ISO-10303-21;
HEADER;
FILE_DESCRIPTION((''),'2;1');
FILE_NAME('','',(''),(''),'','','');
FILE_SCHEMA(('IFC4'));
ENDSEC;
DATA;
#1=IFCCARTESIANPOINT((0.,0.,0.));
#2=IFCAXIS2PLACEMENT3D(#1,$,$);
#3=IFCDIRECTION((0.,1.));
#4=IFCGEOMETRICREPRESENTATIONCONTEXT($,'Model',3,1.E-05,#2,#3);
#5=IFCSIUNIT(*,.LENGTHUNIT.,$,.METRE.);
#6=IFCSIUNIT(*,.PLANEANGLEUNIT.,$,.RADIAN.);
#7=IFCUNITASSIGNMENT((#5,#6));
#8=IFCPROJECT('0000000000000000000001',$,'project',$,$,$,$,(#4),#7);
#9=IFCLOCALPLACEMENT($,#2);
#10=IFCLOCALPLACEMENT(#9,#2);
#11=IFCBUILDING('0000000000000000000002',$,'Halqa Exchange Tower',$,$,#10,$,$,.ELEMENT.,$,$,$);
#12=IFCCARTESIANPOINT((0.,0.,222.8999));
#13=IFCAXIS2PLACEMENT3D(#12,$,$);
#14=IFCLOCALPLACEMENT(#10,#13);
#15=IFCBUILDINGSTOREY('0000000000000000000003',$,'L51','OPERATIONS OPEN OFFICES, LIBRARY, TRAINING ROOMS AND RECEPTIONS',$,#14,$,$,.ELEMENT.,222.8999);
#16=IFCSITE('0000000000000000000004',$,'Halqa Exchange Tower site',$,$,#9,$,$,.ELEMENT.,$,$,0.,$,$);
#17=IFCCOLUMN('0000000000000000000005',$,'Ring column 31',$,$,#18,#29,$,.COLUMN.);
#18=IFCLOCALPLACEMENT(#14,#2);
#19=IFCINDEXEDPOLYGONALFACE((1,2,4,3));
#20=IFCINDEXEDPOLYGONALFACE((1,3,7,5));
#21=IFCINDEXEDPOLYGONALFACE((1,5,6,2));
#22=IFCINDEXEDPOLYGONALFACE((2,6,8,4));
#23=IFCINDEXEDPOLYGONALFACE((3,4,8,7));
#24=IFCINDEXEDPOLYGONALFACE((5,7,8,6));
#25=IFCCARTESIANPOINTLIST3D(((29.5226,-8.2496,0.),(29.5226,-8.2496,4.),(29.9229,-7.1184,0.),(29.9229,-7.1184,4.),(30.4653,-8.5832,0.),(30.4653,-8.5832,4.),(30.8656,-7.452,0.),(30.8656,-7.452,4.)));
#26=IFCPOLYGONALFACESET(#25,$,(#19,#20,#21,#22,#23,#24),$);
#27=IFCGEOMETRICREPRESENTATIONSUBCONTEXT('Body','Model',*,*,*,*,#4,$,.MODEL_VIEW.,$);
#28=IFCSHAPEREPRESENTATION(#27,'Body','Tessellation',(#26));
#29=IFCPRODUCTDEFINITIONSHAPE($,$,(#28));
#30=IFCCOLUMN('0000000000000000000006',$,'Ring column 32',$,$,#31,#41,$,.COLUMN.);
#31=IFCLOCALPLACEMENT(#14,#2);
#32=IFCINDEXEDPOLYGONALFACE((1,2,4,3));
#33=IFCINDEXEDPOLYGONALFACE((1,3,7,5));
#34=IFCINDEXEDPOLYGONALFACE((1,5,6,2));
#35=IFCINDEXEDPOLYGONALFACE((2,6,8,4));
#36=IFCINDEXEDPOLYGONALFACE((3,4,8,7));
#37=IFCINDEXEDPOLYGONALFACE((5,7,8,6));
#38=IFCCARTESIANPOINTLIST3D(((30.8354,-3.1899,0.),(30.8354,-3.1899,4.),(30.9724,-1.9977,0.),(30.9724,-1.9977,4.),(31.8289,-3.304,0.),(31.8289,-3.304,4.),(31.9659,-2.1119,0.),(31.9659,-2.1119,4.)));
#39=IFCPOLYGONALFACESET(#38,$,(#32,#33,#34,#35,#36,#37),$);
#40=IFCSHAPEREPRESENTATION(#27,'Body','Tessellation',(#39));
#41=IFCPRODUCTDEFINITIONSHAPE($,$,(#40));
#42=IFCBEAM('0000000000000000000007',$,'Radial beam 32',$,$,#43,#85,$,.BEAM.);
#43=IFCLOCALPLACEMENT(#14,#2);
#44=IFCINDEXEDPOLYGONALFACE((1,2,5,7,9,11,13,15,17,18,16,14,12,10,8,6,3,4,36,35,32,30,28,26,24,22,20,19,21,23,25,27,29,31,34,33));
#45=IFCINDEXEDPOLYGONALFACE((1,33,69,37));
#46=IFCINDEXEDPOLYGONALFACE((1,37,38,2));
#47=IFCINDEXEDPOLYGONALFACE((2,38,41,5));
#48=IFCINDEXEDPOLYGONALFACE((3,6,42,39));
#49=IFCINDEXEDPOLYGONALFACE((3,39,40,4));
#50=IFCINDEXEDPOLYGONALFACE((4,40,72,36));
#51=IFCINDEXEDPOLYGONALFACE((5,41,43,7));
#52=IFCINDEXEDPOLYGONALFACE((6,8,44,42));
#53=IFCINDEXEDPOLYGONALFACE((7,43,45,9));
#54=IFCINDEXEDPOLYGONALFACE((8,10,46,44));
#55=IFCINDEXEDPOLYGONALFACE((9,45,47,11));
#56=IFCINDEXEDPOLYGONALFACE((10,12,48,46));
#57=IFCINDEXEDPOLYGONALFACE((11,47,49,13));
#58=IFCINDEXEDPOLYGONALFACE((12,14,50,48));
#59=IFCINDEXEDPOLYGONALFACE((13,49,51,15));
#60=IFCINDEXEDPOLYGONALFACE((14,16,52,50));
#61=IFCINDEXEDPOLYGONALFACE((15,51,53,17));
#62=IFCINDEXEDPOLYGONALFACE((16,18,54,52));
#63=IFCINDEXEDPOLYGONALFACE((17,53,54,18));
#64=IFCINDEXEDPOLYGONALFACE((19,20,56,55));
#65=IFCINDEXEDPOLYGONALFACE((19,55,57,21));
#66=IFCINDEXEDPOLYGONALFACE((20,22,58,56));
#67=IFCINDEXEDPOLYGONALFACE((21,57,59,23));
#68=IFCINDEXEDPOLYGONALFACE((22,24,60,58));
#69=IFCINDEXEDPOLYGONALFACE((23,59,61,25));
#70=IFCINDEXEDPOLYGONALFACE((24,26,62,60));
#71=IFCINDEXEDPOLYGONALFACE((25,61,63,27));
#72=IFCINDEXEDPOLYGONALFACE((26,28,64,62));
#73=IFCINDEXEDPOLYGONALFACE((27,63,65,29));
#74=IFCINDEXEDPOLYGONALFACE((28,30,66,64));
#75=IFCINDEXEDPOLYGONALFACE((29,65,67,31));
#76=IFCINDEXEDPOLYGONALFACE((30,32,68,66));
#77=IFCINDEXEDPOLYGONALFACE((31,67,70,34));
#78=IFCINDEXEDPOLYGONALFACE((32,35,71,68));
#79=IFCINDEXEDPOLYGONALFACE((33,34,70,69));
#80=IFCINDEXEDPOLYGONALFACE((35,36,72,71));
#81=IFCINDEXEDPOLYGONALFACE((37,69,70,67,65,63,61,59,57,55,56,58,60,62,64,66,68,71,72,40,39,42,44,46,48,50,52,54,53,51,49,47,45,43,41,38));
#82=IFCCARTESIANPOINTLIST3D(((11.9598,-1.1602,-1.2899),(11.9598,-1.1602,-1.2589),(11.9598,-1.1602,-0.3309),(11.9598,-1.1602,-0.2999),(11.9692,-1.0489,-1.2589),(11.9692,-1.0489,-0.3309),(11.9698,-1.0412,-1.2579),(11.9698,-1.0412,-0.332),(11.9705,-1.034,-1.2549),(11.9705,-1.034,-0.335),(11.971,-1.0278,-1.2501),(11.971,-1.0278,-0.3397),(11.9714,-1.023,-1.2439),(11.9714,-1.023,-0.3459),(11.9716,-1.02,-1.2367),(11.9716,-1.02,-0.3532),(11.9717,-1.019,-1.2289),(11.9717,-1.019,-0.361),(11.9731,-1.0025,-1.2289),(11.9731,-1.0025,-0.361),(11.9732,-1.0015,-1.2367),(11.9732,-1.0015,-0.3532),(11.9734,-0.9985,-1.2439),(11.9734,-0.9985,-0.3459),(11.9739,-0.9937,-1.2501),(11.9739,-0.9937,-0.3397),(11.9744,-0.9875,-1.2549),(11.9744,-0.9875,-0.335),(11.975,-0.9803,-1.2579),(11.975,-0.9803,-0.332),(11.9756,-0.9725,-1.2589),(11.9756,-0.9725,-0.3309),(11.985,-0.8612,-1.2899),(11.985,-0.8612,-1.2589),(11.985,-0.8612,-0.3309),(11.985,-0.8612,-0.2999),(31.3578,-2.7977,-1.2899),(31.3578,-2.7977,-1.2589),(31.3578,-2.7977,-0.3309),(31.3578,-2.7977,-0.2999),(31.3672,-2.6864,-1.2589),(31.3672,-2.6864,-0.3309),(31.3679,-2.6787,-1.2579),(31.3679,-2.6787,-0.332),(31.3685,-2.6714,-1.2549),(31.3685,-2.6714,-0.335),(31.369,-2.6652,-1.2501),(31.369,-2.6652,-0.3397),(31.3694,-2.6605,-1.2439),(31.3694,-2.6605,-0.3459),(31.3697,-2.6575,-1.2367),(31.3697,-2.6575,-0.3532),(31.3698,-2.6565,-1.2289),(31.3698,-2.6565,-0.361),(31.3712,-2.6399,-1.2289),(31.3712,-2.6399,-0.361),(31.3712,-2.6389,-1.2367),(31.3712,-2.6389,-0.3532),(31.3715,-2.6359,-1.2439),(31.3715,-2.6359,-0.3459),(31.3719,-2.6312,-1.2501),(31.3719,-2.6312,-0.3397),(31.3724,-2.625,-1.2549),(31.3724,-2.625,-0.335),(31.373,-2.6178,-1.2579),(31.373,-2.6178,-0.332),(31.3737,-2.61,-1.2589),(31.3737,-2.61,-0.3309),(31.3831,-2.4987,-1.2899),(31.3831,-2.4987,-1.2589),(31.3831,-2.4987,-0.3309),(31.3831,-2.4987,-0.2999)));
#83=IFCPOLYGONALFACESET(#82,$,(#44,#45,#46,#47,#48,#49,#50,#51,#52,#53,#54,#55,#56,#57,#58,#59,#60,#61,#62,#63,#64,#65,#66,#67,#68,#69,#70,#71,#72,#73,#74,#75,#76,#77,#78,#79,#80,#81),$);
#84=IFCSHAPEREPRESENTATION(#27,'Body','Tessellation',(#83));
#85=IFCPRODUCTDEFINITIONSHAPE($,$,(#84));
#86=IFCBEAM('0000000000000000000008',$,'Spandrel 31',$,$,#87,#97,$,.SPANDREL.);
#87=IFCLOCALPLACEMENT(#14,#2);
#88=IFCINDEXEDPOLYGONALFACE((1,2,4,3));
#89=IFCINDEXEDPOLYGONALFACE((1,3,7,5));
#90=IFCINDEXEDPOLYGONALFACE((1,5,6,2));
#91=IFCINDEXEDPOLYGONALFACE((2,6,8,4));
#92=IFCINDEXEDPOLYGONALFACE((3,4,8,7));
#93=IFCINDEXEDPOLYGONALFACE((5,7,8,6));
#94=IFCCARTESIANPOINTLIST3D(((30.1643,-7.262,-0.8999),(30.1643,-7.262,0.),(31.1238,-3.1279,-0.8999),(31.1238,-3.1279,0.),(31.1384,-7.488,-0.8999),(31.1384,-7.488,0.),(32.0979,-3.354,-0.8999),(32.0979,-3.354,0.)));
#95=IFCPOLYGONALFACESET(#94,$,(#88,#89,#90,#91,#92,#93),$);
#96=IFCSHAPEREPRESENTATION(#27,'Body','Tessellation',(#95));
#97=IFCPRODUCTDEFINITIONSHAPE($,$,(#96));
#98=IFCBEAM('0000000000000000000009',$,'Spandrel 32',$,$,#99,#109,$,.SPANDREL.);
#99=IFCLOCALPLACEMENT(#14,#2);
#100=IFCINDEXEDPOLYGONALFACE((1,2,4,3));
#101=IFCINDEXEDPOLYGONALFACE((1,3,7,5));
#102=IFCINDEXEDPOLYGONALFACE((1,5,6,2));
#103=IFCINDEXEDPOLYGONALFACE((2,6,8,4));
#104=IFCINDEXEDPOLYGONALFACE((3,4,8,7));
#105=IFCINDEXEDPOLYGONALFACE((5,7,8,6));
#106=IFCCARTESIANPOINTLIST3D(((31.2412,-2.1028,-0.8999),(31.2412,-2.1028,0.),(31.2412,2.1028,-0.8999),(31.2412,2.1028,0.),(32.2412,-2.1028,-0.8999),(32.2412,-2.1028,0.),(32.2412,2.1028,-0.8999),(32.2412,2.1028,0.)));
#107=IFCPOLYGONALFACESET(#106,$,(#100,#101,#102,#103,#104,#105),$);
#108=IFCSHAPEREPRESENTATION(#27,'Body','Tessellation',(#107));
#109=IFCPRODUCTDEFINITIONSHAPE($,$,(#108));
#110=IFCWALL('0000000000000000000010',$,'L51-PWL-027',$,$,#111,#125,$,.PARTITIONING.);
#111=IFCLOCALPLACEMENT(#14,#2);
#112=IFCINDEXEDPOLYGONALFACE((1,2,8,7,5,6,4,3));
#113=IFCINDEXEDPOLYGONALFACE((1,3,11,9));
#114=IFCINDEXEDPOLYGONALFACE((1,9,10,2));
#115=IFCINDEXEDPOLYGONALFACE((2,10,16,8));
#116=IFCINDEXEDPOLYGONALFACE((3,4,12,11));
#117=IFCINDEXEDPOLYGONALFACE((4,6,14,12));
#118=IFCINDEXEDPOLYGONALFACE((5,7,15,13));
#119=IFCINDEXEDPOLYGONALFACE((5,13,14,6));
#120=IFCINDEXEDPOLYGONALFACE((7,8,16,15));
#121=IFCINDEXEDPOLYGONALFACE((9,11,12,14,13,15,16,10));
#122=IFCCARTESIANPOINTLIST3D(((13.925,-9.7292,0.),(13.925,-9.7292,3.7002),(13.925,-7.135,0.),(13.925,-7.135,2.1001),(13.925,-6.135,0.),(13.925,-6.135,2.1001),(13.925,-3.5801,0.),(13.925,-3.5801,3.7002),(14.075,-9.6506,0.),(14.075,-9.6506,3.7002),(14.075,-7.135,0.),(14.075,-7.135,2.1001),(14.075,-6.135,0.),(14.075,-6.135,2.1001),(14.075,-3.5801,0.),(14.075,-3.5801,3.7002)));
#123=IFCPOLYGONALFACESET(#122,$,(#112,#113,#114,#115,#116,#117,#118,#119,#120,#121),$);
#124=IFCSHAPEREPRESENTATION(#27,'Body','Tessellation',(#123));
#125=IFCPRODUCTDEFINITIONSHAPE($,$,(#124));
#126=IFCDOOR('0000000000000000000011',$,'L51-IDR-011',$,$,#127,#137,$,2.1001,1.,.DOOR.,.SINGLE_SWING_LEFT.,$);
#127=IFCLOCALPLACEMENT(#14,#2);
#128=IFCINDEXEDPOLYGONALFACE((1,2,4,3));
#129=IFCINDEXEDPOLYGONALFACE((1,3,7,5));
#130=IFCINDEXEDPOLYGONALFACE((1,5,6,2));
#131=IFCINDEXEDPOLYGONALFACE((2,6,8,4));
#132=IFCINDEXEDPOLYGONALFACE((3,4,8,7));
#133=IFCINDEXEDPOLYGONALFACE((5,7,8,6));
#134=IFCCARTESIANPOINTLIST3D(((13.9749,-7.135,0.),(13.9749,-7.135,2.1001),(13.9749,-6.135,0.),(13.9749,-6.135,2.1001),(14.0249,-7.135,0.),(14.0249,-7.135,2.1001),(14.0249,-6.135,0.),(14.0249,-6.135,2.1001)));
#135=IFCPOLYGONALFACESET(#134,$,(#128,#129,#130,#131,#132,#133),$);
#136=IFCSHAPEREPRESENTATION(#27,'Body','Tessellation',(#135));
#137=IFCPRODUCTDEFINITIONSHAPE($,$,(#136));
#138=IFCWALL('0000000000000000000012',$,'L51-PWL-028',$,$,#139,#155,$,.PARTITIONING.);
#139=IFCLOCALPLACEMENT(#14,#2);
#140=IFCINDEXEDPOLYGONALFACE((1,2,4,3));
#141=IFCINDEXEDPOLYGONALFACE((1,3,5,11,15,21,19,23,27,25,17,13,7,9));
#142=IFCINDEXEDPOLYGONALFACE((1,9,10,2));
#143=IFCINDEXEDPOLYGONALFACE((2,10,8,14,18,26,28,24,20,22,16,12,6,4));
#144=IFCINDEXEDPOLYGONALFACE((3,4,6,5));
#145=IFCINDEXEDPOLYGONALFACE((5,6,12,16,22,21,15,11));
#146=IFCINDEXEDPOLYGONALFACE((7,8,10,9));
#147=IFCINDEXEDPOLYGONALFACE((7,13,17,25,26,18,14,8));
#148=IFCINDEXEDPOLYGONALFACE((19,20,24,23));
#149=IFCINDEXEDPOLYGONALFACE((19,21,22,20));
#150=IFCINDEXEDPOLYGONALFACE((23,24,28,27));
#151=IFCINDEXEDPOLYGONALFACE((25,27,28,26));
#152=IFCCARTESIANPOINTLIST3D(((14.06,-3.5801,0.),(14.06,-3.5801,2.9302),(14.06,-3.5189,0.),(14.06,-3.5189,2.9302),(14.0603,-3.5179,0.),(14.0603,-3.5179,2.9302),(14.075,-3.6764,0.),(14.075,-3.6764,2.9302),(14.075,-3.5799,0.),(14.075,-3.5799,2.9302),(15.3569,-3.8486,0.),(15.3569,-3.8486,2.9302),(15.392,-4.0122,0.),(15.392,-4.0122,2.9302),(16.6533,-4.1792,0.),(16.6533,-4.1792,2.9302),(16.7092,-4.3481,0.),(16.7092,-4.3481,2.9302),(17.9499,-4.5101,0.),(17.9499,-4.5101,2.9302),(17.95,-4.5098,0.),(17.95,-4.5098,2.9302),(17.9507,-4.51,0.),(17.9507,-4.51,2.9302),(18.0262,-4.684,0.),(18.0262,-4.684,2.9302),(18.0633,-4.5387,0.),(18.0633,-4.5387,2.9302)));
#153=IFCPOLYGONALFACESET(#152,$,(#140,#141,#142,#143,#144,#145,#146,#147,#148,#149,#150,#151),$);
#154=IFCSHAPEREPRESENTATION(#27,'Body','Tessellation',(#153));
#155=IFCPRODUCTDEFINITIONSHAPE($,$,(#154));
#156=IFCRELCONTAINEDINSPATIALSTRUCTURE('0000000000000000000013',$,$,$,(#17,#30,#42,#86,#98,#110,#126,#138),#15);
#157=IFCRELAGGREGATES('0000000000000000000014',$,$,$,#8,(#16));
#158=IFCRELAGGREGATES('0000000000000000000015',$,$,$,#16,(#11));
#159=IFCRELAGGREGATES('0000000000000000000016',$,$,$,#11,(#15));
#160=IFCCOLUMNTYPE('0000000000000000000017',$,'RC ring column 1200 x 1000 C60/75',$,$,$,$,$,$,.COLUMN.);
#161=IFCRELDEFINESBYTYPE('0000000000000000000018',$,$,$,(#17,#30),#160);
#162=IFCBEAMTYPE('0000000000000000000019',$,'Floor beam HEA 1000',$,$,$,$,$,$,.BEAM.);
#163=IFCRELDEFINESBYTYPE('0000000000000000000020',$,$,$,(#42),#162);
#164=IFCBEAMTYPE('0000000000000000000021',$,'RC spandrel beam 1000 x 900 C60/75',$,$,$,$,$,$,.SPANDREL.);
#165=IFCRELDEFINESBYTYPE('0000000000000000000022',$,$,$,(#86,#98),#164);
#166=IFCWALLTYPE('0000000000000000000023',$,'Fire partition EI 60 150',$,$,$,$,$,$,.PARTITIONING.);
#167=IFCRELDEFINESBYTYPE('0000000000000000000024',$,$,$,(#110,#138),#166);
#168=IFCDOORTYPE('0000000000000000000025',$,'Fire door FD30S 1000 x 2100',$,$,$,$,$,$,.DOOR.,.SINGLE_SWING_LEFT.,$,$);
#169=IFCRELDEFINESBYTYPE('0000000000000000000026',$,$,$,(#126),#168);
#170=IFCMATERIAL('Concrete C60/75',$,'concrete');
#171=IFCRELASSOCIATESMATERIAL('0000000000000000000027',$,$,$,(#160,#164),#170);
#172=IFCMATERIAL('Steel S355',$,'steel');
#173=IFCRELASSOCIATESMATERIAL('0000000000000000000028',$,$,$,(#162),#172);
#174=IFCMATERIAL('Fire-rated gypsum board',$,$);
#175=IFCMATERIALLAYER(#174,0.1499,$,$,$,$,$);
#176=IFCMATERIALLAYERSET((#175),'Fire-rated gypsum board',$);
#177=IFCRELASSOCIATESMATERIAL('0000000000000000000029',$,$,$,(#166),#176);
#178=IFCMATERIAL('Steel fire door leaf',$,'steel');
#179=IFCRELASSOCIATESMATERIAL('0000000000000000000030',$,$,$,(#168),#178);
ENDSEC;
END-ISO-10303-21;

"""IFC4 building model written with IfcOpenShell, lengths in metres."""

from ifc_helpers import new_model, si_unit, direction, frame, frame_2d, origin, origin_2d, place, context, subcontext, project, spatial, polyline, rectangle, i_section, outline, extrude, material, layer, layer_set, material_profile, profile_set, type_object, element, fill, save


model = new_model("IFC4")

# Units and contexts
model_context = context("Model", 3, precision=1e-05, world=origin(), true_north=direction((0.0, 1.0)))
body_context = subcontext(model_context, "Body", "Model", "MODEL_VIEW")
ifc_project = project(units=[si_unit("LENGTHUNIT", "METRE"), si_unit("PLANEANGLEUNIT", "RADIAN")], contexts=[model_context])

# Site, building, storey
site_placement = place(None, origin())
site = spatial("IfcSite", under=ifc_project, at=site_placement, Name="Halqa Exchange Tower site", CompositionType="ELEMENT", RefElevation=0.0)
building_placement = place(site_placement, origin())
building = spatial("IfcBuilding", under=site, at=building_placement, Name="Halqa Exchange Tower", CompositionType="ELEMENT")
storey_placement = place(building_placement, frame((0.0, 0.0, 222.8999)))
storey = spatial("IfcBuildingStorey", under=building, at=storey_placement, Name="L51", Description="OPERATIONS OPEN OFFICES, LIBRARY, TRAINING ROOMS AND RECEPTIONS", CompositionType="ELEMENT", Elevation=222.8999)

# Columns
ifc_material_1 = material(Name="Concrete C60/75", Category="concrete")
ifc_material_profile_1 = material_profile(ifc_material_1, rectangle(XDim=1.2, YDim=1.0, at=origin_2d()), Name="1200 x 1000")
ifc_profile_set_1 = profile_set([ifc_material_profile_1], Name="Concrete C60/75")
column_type = type_object("IfcColumnType", Name="RC ring column 1200 x 1000 C60/75", PredefinedType="COLUMN", material=ifc_profile_set_1)
for number, where, z_axis, x_axis, name in (
    (1, (30.1941, -7.8508, 0.0), (0.0, 0.0, 1.0), (0.333631, 0.942704, 0.0), "Ring column 31"),
    (2, (31.4006, -2.6509, 0.0), (0.0, 0.0, 1.0), (0.114153, 0.993463, 0.0), "Ring column 32"),
):
    element("IfcColumn", number, at=place(storey_placement, frame(where, z_axis=z_axis, x_axis=x_axis)), inside=storey, type_object=column_type, Name=name, PredefinedType="COLUMN", context=body_context, shape_type="SweptSolid", body=[
        extrude(rectangle(XDim=1.2, YDim=1.0, at=origin_2d()), origin(), (0.0, 0.0, 1.0), 4.0),
    ])

# Beams
ifc_material_2 = material(Name="Steel S355", Category="steel")
ifc_material_profile_2 = material_profile(ifc_material_2, i_section(OverallWidth=0.3, OverallDepth=0.99, WebThickness=0.0166, FlangeThickness=0.031, FilletRadius=0.03, at=origin_2d()), Name="HEA 1000")
ifc_profile_set_2 = profile_set([ifc_material_profile_2], Name="Steel S355")
beam_type_1 = type_object("IfcBeamType", Name="Floor beam HEA 1000", PredefinedType="BEAM", material=ifc_profile_set_2)
beam_1_placement = place(storey_placement, frame((11.9724, -1.0107, -0.7949), z_axis=(0.996456, -0.084114, 0.0), x_axis=(0.084114, 0.996456, 0.0)))
element("IfcBeam", 3, at=beam_1_placement, inside=storey, type_object=beam_type_1, Name="Radial beam 32", PredefinedType="BEAM", context=body_context, shape_type="SweptSolid", body=[
    extrude(i_section(OverallWidth=0.3, OverallDepth=0.99, WebThickness=0.0166, FlangeThickness=0.031, FilletRadius=0.03, at=origin_2d()), origin(), (0.0, 0.0, 1.0), 19.467),
])
ifc_material_profile_3 = material_profile(ifc_material_1, rectangle(XDim=1.0, YDim=0.8999, at=origin_2d()), Name="1000 x 900")
ifc_profile_set_3 = profile_set([ifc_material_profile_3], Name="Concrete C60/75")
beam_type_2 = type_object("IfcBeamType", Name="RC spandrel beam 1000 x 900 C60/75", PredefinedType="SPANDREL", material=ifc_profile_set_3)
beam_2_placement = place(storey_placement, frame((30.6514, -7.375, -0.45), z_axis=(0.226082, 0.974108, 0.0), x_axis=(-0.974108, 0.226082, 0.0)))
element("IfcBeam", 4, at=beam_2_placement, inside=storey, type_object=beam_type_2, Name="Spandrel 31", PredefinedType="SPANDREL", context=body_context, shape_type="SweptSolid", body=[
    extrude(rectangle(XDim=1.0, YDim=0.8999, at=origin_2d()), origin(), (0.0, 0.0, 1.0), 4.2439),
])
beam_3_placement = place(storey_placement, frame((31.7412, -2.1028, -0.45), z_axis=(0.0, 1.0, 0.0), x_axis=(-1.0, 0.0, 0.0)))
element("IfcBeam", 5, at=beam_3_placement, inside=storey, type_object=beam_type_2, Name="Spandrel 32", PredefinedType="SPANDREL", context=body_context, shape_type="SweptSolid", body=[
    extrude(rectangle(XDim=1.0, YDim=0.8999, at=origin_2d()), origin(), (0.0, 0.0, 1.0), 4.2056),
])

# Shared definitions
ifc_material_3 = material(Name="Fire-rated gypsum board")
ifc_layer_1 = layer(ifc_material_3, 0.1499)
ifc_layer_set_1 = layer_set([ifc_layer_1], Name="Fire-rated gypsum board")
wall_type_1 = type_object("IfcWallType", Name="Fire partition EI 60 150", PredefinedType="PARTITIONING", material=ifc_layer_set_1)

# Wall, opening, door
wall_1_placement = place(storey_placement, frame((14.0, -3.5801, 0.0), z_axis=(0.0, 0.0, 1.0), x_axis=(0.0, -1.0, 0.0)))
wall_1 = element("IfcWall", 6, at=wall_1_placement, inside=storey, type_object=wall_type_1, Name="L51-PWL-027", PredefinedType="PARTITIONING", context=body_context, shape_type="SweptSolid", body=[
    extrude(outline(polyline([(6.1492, -0.075), (6.1492, -0.075), (6.0706, 0.075), (4.553, 0.075), (3.0354, 0.075), (1.5176, 0.075), (0.0, 0.075), (0.0, -0.075), (1.5374, -0.075), (3.0747, -0.075), (4.6118, -0.075), (6.1492, -0.075)])), origin(), (0.0, 0.0, 1.0), 3.7002),
])
opening_1_placement = place(wall_1_placement, frame((2.5549, 0.0, 0.0)))
opening_1 = element("IfcOpeningElement", 7, at=opening_1_placement, cuts=wall_1, PredefinedType="OPENING", context=body_context, shape_type="SweptSolid", body=[
    extrude(rectangle(XDim=1.0, YDim=2.1001, at=frame_2d((0.5, 1.05))), frame((0.0, 0.0869, 0.0), z_axis=(0.0, -1.0, 0.0), x_axis=(1.0, 0.0, 0.0)), (0.0, 0.0, 1.0), 0.1738),
])
ifc_material_4 = material(Name="Steel fire door leaf", Category="steel")
door_type_1 = type_object("IfcDoorType", Name="Fire door FD30S 1000 x 2100", OperationType="SINGLE_SWING_LEFT", PredefinedType="DOOR", material=ifc_material_4)
door_1_placement = place(opening_1_placement, origin())
door_1 = element("IfcDoor", 8, at=door_1_placement, inside=storey, type_object=door_type_1, Name="L51-IDR-011", OperationType="SINGLE_SWING_LEFT", OverallHeight=2.1001, OverallWidth=1.0, PredefinedType="DOOR", context=body_context, shape_type="SweptSolid", body=[
    extrude(rectangle(XDim=1.0, YDim=2.1001, at=frame_2d((0.5, 1.05))), frame((0.0, 0.0249, 0.0), z_axis=(0.0, -1.0, 0.0), x_axis=(1.0, 0.0, 0.0)), (0.0, 0.0, 1.0), 0.05),
])
fill(opening_1, door_1)

# Wall
wall_2_placement = place(storey_placement, frame((14.0417, -3.5906, 0.0), z_axis=(0.0, 0.0, 1.0), x_axis=(0.968992, -0.247094, 0.0)))
element("IfcWall", 9, at=wall_2_placement, inside=storey, type_object=wall_type_1, Name="L51-PWL-028", PredefinedType="PARTITIONING", context=body_context, shape_type="SweptSolid", body=[
    extrude(outline(polyline([(4.1311, 0.075), (4.0149, 0.075), (4.0142, 0.0747), (4.0142, 0.075), (2.676, 0.075), (1.3381, 0.075), (0.0, 0.075), (0.0, 0.074), (0.0151, 0.0146), (0.0295, 0.0186), (0.0535, -0.075), (1.4126, -0.075), (2.772, -0.075), (4.1311, -0.075), (4.1311, 0.075)])), origin(), (0.0, 0.0, 1.0), 2.9302),
])

save(model, "model.ifc")
